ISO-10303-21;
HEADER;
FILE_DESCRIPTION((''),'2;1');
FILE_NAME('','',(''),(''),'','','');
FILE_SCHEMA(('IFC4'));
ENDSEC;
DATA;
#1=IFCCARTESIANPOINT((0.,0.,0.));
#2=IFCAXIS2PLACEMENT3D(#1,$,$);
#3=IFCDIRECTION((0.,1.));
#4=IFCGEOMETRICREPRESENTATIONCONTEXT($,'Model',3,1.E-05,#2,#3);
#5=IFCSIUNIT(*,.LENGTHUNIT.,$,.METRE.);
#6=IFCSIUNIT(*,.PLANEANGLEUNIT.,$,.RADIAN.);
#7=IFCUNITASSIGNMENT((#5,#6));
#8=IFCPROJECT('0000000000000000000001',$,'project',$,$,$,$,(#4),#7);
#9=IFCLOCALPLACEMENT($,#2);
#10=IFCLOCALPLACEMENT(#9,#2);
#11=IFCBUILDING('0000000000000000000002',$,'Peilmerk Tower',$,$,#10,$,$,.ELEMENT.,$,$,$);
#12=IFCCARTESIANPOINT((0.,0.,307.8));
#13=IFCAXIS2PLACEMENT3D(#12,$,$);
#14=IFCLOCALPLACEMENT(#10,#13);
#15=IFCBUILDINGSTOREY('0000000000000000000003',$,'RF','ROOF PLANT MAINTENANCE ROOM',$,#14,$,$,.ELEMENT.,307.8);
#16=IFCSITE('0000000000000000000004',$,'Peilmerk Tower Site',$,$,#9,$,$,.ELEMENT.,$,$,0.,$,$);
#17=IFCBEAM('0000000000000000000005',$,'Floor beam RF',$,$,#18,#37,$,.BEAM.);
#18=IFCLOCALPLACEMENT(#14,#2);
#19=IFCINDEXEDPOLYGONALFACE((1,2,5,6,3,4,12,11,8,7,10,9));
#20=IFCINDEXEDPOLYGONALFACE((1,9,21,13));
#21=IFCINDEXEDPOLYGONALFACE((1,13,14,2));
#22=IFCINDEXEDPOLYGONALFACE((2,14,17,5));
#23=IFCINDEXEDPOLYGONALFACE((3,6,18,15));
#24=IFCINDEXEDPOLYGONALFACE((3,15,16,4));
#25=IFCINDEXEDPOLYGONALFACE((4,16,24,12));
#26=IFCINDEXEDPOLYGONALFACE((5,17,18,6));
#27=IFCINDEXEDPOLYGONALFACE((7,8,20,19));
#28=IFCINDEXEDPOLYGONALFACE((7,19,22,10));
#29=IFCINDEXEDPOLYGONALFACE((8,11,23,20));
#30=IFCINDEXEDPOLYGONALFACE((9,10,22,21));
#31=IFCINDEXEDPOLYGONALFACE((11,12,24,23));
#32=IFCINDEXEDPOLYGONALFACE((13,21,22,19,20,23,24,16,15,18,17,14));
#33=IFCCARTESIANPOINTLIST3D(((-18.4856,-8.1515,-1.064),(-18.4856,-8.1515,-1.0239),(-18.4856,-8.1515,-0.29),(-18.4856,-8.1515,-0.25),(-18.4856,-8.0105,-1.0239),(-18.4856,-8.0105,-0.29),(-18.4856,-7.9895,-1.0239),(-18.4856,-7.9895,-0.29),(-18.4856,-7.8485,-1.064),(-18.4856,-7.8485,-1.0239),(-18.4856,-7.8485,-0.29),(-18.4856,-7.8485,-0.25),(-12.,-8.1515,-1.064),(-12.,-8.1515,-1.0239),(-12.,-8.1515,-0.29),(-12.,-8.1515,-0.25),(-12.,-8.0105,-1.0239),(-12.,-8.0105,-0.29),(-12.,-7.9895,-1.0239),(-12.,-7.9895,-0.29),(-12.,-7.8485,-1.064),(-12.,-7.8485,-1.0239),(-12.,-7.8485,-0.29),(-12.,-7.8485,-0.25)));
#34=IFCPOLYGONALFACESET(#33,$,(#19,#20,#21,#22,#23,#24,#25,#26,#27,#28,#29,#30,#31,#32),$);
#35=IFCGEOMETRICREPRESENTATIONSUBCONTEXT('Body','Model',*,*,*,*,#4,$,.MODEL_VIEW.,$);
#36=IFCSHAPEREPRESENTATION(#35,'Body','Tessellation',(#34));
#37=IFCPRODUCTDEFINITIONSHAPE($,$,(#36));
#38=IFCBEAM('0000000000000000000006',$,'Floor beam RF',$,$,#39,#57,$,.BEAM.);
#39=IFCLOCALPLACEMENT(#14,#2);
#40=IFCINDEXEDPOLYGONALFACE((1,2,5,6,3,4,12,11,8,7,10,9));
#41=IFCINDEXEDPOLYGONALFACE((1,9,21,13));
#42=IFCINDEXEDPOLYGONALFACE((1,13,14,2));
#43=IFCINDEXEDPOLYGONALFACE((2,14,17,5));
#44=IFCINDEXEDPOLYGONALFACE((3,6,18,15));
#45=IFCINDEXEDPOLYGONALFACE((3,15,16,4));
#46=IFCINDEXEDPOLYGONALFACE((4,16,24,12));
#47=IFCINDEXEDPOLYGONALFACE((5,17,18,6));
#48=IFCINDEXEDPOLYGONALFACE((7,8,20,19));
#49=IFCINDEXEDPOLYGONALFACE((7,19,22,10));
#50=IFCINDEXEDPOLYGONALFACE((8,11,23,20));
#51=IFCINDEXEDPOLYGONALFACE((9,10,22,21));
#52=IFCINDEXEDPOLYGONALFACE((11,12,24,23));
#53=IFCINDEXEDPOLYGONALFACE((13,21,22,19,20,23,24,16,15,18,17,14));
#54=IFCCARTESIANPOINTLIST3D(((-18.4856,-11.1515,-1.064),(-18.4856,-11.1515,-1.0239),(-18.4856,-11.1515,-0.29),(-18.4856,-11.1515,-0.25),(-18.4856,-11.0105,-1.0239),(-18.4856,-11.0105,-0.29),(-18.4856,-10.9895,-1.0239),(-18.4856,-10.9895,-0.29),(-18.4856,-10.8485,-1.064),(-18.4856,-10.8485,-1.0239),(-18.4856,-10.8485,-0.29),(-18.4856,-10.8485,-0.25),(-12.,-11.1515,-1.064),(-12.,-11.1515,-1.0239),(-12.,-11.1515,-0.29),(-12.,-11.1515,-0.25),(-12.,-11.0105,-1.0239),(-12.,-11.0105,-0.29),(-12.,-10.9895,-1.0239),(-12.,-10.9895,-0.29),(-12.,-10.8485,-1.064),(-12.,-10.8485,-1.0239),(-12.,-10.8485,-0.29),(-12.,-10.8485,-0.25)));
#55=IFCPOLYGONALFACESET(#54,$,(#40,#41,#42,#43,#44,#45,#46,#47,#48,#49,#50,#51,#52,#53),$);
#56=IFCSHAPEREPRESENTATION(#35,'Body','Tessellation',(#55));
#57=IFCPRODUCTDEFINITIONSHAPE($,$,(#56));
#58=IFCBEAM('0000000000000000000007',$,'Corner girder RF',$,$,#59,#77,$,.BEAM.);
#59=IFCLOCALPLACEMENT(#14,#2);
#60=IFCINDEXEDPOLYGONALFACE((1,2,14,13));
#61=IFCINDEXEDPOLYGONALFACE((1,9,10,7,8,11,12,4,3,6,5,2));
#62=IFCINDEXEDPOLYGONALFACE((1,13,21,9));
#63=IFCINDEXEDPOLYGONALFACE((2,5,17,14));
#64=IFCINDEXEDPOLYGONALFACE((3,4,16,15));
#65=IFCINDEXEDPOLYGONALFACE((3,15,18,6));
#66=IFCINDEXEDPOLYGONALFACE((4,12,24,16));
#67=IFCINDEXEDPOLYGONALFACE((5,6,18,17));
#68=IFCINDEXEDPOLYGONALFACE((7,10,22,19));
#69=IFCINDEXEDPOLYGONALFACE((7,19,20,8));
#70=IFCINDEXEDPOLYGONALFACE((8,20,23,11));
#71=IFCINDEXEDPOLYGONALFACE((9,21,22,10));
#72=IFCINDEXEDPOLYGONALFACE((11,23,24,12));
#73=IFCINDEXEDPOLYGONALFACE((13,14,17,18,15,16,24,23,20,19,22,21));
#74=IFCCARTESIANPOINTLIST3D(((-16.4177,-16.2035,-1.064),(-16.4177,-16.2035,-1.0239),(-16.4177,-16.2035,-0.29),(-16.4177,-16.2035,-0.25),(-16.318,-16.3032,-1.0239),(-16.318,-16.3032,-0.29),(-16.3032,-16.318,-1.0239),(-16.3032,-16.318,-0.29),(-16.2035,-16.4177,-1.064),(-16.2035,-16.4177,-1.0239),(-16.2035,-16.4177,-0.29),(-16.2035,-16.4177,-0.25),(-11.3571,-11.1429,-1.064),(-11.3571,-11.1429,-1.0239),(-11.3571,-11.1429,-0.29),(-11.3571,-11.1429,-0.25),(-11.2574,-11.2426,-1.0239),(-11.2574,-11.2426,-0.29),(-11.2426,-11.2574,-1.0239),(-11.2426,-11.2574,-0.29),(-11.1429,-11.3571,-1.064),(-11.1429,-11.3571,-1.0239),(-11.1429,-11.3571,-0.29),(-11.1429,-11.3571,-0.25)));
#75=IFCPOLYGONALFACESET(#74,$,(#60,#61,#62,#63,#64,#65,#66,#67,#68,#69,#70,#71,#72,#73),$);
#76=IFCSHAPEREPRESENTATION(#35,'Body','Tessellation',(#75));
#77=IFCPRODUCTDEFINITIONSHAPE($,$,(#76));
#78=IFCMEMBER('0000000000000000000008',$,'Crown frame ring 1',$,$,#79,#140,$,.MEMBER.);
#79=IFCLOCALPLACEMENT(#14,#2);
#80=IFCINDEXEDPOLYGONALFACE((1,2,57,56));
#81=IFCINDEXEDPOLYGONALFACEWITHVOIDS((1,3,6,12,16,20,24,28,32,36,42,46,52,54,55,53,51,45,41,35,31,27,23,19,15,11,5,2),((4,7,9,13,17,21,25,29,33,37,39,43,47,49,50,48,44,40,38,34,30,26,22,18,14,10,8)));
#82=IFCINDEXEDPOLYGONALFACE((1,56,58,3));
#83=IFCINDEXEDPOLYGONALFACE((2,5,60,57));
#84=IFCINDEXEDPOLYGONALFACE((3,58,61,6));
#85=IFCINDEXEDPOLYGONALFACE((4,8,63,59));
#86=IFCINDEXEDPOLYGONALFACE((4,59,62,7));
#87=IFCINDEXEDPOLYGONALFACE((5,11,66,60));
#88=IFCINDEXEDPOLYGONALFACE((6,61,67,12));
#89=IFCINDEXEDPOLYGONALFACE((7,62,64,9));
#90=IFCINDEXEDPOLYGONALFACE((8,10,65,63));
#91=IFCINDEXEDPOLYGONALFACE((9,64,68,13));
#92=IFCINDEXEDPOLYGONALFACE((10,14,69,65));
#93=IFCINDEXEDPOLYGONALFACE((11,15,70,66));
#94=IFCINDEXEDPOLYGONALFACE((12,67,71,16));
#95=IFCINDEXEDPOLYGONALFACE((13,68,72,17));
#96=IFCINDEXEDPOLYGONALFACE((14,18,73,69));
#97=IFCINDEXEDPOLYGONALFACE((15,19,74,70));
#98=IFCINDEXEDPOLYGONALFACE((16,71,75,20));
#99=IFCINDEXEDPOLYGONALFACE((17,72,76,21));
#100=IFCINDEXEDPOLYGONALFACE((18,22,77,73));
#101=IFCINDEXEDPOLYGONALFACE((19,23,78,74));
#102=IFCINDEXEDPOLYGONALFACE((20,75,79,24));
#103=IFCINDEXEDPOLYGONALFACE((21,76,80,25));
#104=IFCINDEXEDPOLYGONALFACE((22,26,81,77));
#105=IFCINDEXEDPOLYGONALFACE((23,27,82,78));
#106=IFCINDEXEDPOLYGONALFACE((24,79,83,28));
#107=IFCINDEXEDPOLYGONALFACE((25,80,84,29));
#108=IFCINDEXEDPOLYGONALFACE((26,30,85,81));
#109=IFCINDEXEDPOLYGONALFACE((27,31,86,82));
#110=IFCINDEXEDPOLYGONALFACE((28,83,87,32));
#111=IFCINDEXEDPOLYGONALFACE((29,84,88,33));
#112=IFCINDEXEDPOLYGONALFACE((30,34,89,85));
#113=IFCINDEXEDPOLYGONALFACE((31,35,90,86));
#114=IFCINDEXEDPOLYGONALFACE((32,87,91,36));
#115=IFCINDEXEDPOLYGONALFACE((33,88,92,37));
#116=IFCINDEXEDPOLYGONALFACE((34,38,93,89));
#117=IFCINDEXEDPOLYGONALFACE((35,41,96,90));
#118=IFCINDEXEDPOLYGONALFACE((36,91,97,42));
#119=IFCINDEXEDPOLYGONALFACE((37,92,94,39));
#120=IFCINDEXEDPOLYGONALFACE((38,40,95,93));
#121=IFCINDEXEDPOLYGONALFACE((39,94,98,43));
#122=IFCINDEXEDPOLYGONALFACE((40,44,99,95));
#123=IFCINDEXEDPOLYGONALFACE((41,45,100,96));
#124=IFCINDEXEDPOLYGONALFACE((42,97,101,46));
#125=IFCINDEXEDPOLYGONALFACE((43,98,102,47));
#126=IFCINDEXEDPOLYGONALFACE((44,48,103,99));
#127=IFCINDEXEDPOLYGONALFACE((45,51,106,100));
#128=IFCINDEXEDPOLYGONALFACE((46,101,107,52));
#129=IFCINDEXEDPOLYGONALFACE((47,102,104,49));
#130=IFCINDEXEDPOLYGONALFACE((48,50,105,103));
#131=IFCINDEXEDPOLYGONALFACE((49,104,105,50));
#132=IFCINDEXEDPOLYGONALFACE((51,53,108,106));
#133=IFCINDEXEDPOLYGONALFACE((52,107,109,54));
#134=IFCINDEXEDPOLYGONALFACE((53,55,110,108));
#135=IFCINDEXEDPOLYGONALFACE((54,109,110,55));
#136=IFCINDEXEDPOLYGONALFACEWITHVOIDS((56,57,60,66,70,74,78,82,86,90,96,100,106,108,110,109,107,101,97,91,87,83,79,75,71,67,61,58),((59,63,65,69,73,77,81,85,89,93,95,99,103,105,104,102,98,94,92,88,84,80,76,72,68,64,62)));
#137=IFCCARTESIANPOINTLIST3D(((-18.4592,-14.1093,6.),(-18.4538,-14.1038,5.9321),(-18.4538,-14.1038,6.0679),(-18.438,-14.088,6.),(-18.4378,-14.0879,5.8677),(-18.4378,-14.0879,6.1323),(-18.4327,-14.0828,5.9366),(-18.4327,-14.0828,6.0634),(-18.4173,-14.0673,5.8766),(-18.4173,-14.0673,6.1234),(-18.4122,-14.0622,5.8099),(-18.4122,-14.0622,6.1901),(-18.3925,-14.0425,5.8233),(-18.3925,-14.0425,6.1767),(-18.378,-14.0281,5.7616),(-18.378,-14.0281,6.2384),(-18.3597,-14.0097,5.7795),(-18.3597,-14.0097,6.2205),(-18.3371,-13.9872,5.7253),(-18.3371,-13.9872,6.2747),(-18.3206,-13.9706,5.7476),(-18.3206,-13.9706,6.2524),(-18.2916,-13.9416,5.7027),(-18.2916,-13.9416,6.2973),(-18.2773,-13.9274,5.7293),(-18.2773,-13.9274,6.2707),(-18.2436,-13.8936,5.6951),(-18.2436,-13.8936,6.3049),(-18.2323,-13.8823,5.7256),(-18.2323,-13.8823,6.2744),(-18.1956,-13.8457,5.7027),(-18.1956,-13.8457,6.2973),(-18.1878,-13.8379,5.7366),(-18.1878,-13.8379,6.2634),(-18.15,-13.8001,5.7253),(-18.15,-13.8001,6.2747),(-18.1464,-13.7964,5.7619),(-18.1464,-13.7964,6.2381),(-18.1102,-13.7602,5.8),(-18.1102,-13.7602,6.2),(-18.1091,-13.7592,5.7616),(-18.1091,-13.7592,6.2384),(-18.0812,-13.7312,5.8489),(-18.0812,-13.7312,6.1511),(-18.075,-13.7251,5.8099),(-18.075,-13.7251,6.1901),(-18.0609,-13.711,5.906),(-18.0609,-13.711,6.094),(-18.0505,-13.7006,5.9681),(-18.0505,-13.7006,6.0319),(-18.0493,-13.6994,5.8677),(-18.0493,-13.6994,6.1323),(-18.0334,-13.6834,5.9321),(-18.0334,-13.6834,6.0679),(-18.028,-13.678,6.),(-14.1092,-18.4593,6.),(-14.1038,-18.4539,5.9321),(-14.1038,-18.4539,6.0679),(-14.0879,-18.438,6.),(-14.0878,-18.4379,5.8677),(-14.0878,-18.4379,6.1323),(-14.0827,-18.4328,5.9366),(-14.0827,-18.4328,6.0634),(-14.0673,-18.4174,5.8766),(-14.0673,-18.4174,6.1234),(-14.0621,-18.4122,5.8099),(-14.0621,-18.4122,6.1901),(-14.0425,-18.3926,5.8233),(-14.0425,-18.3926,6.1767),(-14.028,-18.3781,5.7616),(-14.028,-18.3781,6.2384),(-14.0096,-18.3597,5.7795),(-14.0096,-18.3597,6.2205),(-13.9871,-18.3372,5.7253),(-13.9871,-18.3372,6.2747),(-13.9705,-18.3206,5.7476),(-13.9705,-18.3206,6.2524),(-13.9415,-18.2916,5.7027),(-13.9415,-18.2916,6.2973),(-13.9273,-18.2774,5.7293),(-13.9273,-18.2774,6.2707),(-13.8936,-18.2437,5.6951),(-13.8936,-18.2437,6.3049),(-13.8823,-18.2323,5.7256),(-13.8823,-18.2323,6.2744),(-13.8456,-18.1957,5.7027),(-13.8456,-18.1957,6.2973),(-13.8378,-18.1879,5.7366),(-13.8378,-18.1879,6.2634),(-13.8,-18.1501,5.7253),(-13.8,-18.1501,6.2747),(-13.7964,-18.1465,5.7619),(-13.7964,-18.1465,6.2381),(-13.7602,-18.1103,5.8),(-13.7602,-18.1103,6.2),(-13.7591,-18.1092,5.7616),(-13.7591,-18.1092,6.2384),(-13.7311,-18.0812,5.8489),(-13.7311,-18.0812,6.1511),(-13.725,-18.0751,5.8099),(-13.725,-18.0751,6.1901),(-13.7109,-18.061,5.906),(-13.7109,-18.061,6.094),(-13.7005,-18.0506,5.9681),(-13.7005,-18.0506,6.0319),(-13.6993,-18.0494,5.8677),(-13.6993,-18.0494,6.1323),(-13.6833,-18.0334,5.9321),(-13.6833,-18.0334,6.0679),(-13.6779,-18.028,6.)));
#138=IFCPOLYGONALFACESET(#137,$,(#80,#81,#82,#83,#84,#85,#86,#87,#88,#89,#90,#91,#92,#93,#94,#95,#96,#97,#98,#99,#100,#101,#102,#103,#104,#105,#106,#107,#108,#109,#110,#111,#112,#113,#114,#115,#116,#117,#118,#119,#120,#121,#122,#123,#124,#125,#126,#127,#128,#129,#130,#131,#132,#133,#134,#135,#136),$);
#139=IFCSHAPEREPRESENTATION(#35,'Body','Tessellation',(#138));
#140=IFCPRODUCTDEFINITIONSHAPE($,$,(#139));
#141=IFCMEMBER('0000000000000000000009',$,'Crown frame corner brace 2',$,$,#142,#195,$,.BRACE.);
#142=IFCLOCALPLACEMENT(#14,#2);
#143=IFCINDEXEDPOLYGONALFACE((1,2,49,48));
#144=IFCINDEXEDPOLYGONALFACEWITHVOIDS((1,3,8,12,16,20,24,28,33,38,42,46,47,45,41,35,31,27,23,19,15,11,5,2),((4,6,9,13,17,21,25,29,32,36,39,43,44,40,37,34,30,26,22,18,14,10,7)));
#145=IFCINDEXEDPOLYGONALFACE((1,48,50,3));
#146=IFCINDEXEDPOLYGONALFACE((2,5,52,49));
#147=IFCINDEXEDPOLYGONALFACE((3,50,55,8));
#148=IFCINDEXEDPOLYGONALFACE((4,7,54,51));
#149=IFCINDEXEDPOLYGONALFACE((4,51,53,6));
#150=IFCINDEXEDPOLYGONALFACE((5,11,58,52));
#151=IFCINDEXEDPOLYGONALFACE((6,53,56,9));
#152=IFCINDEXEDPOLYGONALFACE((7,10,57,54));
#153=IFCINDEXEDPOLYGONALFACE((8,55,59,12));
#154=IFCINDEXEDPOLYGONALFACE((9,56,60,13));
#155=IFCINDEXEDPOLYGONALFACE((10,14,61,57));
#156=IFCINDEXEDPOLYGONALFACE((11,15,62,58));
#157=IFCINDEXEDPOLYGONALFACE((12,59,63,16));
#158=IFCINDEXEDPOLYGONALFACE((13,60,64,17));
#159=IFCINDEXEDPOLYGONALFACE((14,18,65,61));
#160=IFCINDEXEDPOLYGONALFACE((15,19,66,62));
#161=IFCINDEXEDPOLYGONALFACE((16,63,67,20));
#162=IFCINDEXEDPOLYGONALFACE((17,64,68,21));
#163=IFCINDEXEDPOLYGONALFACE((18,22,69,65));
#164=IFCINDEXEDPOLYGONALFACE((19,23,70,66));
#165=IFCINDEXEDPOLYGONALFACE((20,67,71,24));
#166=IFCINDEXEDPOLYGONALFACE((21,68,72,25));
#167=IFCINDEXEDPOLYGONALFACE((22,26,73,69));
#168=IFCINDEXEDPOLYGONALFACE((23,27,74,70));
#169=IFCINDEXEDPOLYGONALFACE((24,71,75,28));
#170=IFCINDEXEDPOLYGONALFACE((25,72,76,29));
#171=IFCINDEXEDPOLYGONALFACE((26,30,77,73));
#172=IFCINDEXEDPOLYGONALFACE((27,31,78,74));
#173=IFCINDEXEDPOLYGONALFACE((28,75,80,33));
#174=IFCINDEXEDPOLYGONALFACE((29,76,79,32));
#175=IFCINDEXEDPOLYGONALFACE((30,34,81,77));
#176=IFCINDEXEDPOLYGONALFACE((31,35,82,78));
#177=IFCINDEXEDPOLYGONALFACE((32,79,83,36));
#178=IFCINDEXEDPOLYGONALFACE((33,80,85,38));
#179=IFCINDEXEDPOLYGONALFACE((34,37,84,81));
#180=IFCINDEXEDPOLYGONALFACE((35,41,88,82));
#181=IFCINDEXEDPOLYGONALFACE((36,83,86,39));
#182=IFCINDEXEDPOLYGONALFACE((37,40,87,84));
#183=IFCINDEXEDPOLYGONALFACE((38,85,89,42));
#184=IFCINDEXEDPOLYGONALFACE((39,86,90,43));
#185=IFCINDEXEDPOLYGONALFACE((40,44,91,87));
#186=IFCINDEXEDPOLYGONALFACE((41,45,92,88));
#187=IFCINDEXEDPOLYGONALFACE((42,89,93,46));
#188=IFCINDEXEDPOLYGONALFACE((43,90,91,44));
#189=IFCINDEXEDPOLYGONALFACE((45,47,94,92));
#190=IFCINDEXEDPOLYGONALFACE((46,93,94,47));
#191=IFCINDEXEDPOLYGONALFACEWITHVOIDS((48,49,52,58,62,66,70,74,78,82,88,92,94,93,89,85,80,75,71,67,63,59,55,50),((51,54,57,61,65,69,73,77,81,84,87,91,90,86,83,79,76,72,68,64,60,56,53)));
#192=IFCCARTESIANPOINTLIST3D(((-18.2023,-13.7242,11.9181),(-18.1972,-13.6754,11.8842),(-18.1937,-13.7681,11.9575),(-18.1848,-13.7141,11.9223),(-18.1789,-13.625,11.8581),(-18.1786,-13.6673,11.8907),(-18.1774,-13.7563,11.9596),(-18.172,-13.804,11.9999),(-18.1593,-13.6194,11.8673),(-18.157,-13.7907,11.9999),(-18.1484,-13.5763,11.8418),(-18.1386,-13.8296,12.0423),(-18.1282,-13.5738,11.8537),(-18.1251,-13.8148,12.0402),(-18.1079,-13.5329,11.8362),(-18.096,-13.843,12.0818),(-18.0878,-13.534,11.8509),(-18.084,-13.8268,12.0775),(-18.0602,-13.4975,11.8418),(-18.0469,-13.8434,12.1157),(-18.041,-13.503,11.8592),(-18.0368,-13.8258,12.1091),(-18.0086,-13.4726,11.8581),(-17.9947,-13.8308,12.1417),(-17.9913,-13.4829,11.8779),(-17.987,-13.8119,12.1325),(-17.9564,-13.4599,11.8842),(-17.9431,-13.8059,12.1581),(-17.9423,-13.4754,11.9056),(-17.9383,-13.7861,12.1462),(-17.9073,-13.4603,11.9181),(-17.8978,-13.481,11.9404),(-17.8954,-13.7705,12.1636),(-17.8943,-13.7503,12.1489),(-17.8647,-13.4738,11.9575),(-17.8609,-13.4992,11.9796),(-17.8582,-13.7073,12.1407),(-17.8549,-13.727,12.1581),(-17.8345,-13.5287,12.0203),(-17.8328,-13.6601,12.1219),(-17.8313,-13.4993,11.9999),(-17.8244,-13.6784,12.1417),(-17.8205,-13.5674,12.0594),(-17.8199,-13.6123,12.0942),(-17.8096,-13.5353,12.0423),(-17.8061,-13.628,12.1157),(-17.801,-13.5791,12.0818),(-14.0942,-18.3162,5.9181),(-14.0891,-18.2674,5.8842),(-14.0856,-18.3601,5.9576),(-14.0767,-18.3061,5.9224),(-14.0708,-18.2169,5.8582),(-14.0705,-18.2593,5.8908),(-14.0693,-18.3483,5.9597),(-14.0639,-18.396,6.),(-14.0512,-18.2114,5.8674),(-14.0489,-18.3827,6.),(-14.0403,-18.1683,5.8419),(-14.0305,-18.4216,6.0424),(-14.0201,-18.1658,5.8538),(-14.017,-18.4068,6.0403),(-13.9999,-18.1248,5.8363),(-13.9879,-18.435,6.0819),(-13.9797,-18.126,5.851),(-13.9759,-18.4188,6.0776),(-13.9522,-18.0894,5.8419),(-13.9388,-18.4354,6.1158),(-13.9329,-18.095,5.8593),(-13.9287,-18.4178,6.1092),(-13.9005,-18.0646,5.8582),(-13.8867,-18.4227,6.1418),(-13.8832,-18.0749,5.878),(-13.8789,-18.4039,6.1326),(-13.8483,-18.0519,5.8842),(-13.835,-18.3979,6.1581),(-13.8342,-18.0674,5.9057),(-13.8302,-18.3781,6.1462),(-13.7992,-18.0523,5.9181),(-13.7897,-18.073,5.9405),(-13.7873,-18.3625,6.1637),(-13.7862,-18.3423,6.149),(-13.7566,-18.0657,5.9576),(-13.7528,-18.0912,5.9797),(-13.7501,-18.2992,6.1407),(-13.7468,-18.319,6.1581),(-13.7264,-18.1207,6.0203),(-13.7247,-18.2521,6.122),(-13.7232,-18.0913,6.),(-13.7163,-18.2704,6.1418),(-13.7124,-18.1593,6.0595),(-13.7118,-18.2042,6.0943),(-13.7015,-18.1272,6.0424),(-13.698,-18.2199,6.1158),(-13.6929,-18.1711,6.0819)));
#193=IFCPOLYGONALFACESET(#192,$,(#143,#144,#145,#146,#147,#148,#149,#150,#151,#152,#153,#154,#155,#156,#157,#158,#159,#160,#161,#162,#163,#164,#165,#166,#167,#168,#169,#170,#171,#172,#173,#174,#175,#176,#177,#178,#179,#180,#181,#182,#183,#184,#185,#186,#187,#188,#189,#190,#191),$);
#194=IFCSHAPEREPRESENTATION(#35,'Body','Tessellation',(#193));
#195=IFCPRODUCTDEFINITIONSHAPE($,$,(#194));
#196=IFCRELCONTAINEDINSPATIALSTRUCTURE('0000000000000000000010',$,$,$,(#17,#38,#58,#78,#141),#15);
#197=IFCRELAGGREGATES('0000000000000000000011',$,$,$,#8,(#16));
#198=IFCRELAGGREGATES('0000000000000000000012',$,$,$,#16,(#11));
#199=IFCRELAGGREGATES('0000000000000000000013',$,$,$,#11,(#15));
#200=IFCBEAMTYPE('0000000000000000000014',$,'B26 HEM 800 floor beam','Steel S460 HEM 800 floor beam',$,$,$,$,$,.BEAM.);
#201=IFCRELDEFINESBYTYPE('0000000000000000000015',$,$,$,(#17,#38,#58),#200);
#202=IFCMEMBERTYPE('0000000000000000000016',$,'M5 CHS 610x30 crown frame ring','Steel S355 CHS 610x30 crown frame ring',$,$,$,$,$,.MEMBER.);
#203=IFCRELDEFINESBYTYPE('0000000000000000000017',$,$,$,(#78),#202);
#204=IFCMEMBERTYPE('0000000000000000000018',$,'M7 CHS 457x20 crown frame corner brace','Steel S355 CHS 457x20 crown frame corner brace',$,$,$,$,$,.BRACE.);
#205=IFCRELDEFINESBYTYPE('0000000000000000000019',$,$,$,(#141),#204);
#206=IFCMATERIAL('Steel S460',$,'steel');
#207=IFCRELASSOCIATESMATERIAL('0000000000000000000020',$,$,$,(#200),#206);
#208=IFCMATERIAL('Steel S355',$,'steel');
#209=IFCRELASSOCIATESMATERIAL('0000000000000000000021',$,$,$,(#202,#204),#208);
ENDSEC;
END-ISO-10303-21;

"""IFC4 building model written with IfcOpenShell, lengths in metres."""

from ifc_helpers import new_model, si_unit, direction, frame, origin, origin_2d, place, context, subcontext, project, spatial, hollow_circle, i_section, extrude, material, material_profile, profile_set, type_object, element, save


model = new_model("IFC4")

# Units and contexts
model_context = context("Model", 3, precision=1e-05, world=origin(), true_north=direction((0.0, 1.0)))
body_context = subcontext(model_context, "Body", "Model", "MODEL_VIEW")
ifc_project = project(units=[si_unit("LENGTHUNIT", "METRE"), si_unit("PLANEANGLEUNIT", "RADIAN")], contexts=[model_context])

# Site, building, storey
site_placement = place(None, origin())
site = spatial("IfcSite", under=ifc_project, at=site_placement, Name="Peilmerk Tower Site", CompositionType="ELEMENT", RefElevation=0.0)
building_placement = place(site_placement, origin())
building = spatial("IfcBuilding", under=site, at=building_placement, Name="Peilmerk Tower", CompositionType="ELEMENT")
storey_placement = place(building_placement, frame((0.0, 0.0, 307.8)))
storey = spatial("IfcBuildingStorey", under=building, at=storey_placement, Name="RF", Description="ROOF PLANT MAINTENANCE ROOM", CompositionType="ELEMENT", Elevation=307.8)

# Shared definitions
ifc_material_1 = material(Name="Steel S355", Category="steel")

# Beams
ifc_material_2 = material(Name="Steel S460", Category="steel")
ifc_material_profile_1 = material_profile(ifc_material_2, i_section(OverallWidth=0.303, OverallDepth=0.814, WebThickness=0.021, FlangeThickness=0.04, at=origin_2d()), Name="HEM 800")
ifc_profile_set_1 = profile_set([ifc_material_profile_1], Name="Steel S460")
beam_type_1 = type_object("IfcBeamType", Name="B26 HEM 800 floor beam", Description="Steel S460 HEM 800 floor beam", PredefinedType="BEAM", material=ifc_profile_set_1)
for number, where, z_axis, x_axis, name in (
    (1, (-12.0, -8.0, -0.657), (-1.0, 0.0, 0.0), (0.0, -1.0, 0.0), "Floor beam RF"),
    (2, (-12.0, -11.0, -0.657), (-1.0, 0.0, 0.0), (0.0, -1.0, 0.0), "Floor beam RF"),
):
    element("IfcBeam", number, at=place(storey_placement, frame(where, z_axis=z_axis, x_axis=x_axis)), inside=storey, type_object=beam_type_1, Name=name, PredefinedType="BEAM", context=body_context, shape_type="SweptSolid", body=[
        extrude(i_section(OverallWidth=0.303, OverallDepth=0.814, WebThickness=0.021, FlangeThickness=0.04, at=origin_2d()), origin(), (0.0, 0.0, 1.0), 6.4856),
    ])
beam_1_placement = place(storey_placement, frame((-11.25, -11.25, -0.657), z_axis=(-0.707107, -0.707107, 0.0), x_axis=(0.707107, -0.707107, 0.0)))
element("IfcBeam", 3, at=beam_1_placement, inside=storey, type_object=beam_type_1, Name="Corner girder RF", PredefinedType="BEAM", context=body_context, shape_type="SweptSolid", body=[
    extrude(i_section(OverallWidth=0.303, OverallDepth=0.814, WebThickness=0.021, FlangeThickness=0.04, at=origin_2d()), origin(), (0.0, 0.0, 1.0), 7.1567),
])

# Members
ifc_material_profile_2 = material_profile(ifc_material_1, hollow_circle(Radius=0.3049, WallThickness=0.03, at=origin_2d()), Name="CHS 610x30")
ifc_profile_set_2 = profile_set([ifc_material_profile_2], Name="Steel S355")
member_type_1 = type_object("IfcMemberType", Name="M5 CHS 610x30 crown frame ring", Description="Steel S355 CHS 610x30 crown frame ring", PredefinedType="MEMBER", material=ifc_profile_set_2)
member_1_placement = place(storey_placement, frame((-13.8936, -18.2437, 6.0), z_axis=(-0.707107, 0.707107, 0.0), x_axis=(-0.707107, -0.707107, 0.0)))
element("IfcMember", 4, at=member_1_placement, inside=storey, type_object=member_type_1, Name="Crown frame ring 1", PredefinedType="MEMBER", context=body_context, shape_type="SweptSolid", body=[
    extrude(hollow_circle(Radius=0.3049, WallThickness=0.03, at=origin_2d()), origin(), (0.0, 0.0, 1.0), 6.1519),
])
ifc_material_profile_3 = material_profile(ifc_material_1, hollow_circle(Radius=0.2285, WallThickness=0.02, at=origin_2d()), Name="CHS 457x20")
ifc_profile_set_3 = profile_set([ifc_material_profile_3], Name="Steel S355")
member_type_2 = type_object("IfcMemberType", Name="M7 CHS 457x20 crown frame corner brace", Description="Steel S355 CHS 457x20 crown frame corner brace", PredefinedType="BRACE", material=ifc_profile_set_3)
member_2_placement = place(storey_placement, frame((-13.8936, -18.2437, 6.0), z_axis=(-0.47768, 0.533945, 0.697657), x_axis=(-0.745283, -0.666749, 0.0)))
element("IfcMember", 5, at=member_2_placement, inside=storey, type_object=member_type_2, Name="Crown frame corner brace 2", PredefinedType="BRACE", context=body_context, shape_type="SweptSolid", body=[
    extrude(hollow_circle(Radius=0.2285, WallThickness=0.02, at=origin_2d()), origin(), (0.0, 0.0, 1.0), 8.6001),
])

save(model, "model.ifc")
